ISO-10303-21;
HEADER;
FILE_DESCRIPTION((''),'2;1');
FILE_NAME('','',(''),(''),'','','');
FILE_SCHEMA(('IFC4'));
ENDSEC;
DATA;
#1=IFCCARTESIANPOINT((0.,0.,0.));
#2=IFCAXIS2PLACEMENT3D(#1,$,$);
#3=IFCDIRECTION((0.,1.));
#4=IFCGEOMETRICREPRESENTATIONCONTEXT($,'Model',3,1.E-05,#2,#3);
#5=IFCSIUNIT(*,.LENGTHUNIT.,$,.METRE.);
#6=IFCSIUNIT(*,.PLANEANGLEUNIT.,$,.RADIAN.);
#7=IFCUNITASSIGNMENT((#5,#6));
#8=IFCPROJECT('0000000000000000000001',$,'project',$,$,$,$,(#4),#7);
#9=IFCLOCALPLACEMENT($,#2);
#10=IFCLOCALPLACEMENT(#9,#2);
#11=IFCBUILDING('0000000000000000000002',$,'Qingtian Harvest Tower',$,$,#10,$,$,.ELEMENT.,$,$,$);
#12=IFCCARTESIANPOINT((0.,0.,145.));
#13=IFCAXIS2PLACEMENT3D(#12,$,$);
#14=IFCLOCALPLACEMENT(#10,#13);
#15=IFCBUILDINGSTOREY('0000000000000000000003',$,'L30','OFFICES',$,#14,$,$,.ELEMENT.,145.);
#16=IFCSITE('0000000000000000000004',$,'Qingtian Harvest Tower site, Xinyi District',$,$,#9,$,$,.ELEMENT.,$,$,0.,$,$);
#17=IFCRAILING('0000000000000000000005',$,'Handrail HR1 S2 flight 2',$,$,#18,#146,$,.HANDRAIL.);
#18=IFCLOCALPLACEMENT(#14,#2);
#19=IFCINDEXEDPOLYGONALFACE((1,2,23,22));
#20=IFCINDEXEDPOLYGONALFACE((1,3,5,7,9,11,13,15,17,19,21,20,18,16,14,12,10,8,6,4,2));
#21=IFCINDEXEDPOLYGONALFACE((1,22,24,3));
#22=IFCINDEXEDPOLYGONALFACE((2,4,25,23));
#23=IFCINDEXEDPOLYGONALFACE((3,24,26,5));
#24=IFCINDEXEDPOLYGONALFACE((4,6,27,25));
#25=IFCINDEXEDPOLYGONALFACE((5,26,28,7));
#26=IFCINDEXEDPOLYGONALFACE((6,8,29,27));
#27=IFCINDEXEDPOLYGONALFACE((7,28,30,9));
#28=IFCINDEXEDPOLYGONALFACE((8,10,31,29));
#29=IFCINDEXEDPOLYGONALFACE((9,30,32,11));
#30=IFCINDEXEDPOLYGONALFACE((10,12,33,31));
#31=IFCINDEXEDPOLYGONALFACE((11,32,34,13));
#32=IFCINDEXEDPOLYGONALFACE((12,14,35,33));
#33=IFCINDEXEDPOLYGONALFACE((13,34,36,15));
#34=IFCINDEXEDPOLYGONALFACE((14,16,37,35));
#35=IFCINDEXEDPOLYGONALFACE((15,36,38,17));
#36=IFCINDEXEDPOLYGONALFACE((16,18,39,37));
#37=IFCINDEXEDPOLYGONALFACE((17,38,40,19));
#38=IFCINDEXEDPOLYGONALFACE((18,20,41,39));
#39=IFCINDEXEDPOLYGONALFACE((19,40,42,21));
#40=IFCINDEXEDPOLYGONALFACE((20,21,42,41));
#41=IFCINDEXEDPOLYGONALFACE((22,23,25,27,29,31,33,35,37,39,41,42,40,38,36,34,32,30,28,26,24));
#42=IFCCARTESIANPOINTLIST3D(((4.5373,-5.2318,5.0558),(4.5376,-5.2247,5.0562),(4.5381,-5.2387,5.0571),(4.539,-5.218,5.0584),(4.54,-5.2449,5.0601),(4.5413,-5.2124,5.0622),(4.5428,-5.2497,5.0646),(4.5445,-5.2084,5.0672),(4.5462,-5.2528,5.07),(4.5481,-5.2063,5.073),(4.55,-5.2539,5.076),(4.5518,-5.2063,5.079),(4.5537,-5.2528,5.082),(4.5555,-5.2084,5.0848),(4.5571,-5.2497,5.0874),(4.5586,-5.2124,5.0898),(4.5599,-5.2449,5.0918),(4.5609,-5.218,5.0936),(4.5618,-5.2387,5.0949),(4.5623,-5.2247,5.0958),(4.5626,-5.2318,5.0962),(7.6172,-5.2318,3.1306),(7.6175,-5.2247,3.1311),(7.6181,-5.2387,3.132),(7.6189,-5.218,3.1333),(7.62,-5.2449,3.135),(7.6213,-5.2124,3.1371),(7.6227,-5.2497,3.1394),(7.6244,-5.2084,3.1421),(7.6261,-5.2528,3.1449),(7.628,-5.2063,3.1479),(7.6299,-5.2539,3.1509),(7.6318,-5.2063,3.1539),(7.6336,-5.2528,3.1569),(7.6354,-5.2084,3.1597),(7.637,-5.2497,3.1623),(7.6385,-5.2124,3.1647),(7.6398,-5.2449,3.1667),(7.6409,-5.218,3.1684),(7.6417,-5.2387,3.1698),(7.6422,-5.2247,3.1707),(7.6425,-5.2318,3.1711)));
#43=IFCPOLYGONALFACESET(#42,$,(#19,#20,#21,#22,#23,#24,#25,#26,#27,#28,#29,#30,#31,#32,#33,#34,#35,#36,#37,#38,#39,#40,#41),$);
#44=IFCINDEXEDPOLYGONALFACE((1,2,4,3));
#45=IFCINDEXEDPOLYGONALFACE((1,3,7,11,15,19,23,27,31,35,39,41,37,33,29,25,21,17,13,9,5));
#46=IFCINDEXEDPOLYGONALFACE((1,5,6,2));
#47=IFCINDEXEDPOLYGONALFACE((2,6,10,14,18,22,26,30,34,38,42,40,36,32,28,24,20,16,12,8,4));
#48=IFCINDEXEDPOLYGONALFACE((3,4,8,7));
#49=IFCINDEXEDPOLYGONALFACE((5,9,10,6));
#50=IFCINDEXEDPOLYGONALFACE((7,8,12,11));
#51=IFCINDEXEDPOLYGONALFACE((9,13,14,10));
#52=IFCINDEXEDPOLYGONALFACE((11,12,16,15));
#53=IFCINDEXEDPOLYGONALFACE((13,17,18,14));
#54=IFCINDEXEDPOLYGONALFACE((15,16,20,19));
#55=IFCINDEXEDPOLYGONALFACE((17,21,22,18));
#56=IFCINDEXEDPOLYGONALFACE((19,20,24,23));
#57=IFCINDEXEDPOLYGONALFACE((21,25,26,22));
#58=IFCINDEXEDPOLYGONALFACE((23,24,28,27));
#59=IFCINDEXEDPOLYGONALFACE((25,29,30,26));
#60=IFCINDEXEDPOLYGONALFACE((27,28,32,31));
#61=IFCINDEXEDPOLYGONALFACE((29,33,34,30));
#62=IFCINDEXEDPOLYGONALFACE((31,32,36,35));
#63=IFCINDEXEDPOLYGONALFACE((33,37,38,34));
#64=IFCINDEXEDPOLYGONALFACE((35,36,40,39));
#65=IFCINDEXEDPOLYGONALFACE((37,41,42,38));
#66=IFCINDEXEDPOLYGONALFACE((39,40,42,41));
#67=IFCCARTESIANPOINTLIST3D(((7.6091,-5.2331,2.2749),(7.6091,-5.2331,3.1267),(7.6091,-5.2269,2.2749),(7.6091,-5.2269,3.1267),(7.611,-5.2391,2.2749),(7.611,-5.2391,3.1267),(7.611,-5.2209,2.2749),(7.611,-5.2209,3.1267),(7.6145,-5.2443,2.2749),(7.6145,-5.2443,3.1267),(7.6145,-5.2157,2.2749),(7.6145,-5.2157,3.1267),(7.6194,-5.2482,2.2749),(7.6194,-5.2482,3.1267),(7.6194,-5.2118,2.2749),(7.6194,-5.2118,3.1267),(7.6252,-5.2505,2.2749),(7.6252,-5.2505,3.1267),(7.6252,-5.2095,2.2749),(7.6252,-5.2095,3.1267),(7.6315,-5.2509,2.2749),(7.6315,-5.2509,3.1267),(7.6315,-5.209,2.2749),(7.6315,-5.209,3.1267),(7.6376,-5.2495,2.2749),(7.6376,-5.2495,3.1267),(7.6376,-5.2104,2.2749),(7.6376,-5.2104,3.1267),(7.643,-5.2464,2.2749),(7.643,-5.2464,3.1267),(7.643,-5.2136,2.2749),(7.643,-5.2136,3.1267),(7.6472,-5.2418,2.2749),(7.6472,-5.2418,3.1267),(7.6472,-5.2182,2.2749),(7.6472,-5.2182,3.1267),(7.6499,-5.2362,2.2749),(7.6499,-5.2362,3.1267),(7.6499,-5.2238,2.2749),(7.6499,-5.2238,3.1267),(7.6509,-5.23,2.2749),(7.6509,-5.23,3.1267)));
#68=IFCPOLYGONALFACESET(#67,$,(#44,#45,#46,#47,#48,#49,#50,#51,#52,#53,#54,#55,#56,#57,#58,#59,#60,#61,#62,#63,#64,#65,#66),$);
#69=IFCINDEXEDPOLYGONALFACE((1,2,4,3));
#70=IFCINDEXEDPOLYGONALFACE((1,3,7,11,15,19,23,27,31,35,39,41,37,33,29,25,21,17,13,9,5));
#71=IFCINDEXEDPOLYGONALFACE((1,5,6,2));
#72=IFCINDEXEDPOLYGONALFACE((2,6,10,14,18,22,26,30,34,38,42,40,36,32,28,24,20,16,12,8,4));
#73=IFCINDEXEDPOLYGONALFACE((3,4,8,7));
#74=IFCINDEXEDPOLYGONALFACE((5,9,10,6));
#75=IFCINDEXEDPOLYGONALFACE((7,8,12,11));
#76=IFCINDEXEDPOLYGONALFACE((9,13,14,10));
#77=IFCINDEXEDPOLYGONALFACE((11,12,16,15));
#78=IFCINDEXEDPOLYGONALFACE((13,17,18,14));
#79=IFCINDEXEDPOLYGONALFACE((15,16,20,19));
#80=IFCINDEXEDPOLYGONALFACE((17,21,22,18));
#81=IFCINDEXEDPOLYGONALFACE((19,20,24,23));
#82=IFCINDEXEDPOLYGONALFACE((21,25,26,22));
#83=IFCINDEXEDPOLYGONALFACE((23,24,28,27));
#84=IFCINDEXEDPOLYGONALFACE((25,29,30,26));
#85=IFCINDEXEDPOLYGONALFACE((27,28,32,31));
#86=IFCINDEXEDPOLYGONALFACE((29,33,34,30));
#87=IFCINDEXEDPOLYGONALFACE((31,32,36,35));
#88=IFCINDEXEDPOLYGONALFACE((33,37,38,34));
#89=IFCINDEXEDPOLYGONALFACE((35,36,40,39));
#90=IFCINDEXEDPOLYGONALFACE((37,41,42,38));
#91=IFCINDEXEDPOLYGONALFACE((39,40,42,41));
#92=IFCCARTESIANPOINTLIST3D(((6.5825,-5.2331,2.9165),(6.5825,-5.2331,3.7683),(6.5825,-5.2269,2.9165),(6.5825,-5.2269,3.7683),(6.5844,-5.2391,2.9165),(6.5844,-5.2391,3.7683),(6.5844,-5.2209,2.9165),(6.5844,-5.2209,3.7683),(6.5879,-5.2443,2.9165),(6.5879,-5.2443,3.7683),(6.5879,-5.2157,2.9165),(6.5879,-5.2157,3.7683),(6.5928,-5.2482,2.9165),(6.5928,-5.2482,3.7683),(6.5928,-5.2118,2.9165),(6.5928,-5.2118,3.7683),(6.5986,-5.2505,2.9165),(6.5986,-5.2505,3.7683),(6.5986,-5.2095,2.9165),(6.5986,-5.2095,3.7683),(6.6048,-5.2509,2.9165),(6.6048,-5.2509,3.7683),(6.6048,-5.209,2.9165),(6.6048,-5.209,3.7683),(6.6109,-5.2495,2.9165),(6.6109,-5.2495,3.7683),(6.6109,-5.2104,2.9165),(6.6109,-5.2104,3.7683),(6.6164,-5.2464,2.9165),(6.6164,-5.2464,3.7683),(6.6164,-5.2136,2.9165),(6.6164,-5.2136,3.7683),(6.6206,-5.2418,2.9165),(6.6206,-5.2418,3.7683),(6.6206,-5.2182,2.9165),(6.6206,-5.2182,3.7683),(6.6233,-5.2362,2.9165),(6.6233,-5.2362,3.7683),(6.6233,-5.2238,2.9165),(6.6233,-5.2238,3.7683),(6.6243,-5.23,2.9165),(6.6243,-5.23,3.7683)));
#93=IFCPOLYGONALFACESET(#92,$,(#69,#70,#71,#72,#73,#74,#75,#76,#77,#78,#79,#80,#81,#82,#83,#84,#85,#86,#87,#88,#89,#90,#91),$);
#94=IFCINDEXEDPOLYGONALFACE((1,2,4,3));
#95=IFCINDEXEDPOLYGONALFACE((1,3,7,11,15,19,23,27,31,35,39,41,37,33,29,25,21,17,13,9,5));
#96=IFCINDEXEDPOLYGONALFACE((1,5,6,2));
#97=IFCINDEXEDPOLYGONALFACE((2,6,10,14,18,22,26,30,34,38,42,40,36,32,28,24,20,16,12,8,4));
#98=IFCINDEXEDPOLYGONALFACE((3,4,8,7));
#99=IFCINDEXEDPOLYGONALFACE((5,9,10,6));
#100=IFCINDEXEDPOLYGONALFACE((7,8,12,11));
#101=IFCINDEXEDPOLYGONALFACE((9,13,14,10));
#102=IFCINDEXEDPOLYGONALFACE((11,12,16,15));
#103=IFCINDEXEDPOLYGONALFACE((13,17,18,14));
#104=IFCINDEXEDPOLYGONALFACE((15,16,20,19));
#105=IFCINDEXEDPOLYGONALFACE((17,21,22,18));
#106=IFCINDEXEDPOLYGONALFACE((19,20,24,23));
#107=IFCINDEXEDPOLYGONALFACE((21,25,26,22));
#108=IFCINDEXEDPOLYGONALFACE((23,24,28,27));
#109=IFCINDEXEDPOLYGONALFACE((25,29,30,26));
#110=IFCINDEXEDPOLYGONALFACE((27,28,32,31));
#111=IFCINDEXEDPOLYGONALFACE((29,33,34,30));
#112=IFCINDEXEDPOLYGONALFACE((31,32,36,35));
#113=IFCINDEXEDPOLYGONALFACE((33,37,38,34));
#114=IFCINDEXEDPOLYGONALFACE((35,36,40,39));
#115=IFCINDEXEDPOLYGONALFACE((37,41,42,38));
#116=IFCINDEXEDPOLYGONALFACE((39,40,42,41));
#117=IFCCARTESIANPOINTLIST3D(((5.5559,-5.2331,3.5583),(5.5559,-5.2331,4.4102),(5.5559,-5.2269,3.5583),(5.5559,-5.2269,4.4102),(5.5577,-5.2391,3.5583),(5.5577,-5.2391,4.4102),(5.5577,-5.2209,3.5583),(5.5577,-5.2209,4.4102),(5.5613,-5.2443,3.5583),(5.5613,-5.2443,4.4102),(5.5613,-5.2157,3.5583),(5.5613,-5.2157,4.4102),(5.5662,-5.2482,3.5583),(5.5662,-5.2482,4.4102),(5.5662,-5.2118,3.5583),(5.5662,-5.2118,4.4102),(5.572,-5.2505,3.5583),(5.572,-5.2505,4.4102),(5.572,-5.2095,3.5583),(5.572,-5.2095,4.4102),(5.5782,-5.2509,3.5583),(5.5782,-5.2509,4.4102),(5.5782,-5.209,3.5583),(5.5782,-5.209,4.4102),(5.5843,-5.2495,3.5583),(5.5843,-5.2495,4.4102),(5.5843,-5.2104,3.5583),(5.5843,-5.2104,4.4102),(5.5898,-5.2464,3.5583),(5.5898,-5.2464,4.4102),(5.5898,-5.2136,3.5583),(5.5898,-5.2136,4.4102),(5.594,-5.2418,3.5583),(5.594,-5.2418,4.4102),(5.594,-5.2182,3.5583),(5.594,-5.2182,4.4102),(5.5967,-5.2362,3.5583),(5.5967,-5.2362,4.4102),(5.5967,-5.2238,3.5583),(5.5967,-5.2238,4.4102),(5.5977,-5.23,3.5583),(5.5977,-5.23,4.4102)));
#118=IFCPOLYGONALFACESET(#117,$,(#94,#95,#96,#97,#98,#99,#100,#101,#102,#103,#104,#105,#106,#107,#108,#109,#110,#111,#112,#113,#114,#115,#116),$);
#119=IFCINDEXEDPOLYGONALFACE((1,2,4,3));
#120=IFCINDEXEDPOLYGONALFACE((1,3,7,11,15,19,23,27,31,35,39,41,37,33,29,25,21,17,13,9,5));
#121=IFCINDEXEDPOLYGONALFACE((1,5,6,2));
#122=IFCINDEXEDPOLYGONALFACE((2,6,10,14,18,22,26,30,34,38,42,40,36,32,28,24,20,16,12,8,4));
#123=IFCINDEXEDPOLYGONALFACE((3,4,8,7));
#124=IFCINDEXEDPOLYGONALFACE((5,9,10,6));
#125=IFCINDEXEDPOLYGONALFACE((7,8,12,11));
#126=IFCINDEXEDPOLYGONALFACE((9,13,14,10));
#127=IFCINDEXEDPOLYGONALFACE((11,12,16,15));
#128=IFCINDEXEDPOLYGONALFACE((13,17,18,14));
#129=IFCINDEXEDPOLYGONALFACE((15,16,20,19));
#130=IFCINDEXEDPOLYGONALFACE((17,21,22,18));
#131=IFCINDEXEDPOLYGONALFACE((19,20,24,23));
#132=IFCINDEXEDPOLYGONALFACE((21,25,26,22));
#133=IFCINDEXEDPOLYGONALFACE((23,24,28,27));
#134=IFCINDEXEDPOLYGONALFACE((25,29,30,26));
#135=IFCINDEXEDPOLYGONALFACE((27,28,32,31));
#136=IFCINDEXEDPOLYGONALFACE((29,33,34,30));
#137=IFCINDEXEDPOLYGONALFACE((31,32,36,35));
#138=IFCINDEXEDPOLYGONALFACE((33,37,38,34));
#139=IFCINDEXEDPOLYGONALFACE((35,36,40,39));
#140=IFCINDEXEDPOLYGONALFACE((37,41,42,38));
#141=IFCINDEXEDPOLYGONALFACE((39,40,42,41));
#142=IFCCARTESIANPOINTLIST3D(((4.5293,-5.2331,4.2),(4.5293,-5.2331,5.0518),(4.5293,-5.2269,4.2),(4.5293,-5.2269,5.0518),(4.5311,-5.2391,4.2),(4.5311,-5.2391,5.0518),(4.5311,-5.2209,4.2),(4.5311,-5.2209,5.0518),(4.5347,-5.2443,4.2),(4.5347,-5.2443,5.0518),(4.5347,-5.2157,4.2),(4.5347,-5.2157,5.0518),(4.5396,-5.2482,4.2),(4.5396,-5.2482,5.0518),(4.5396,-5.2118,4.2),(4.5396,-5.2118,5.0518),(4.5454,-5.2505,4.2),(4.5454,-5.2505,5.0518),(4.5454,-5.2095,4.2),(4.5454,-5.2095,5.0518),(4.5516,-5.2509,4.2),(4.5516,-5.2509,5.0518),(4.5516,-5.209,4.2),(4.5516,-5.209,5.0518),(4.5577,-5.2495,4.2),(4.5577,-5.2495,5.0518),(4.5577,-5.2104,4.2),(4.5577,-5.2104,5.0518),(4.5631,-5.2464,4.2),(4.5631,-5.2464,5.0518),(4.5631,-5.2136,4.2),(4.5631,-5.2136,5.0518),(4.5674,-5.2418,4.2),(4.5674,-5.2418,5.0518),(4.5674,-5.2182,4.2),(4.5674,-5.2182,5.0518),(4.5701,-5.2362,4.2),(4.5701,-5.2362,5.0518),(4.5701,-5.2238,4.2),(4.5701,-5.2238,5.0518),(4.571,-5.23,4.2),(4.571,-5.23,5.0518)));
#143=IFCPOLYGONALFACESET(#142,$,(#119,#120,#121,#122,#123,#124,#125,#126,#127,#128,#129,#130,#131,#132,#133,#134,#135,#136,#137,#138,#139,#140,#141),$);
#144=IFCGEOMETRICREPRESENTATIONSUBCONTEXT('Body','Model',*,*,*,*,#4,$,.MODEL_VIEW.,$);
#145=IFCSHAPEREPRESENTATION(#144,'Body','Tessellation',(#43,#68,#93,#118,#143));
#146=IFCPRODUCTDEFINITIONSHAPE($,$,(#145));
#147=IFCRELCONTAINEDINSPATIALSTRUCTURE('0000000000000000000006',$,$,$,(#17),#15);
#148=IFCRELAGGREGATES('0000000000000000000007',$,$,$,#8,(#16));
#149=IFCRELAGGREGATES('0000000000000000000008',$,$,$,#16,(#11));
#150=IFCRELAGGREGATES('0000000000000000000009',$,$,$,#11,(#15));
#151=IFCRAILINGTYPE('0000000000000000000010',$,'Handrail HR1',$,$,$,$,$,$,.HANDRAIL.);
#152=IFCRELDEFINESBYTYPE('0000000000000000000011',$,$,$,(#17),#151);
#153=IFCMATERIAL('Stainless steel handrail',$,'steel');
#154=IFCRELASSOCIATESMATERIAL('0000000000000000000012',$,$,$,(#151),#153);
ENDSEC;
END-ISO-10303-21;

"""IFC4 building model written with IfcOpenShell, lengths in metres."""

from ifc_helpers import new_model, si_unit, direction, frame, origin, origin_2d, place, context, subcontext, project, spatial, circle, extrude, material, type_object, element, save


model = new_model("IFC4")

# Units and contexts
model_context = context("Model", 3, precision=1e-05, world=origin(), true_north=direction((0.0, 1.0)))
body_context = subcontext(model_context, "Body", "Model", "MODEL_VIEW")
ifc_project = project(units=[si_unit("LENGTHUNIT", "METRE"), si_unit("PLANEANGLEUNIT", "RADIAN")], contexts=[model_context])

# Site, building, storey
site_placement = place(None, origin())
site = spatial("IfcSite", under=ifc_project, at=site_placement, Name="Qingtian Harvest Tower site, Xinyi District", CompositionType="ELEMENT", RefElevation=0.0)
building_placement = place(site_placement, origin())
building = spatial("IfcBuilding", under=site, at=building_placement, Name="Qingtian Harvest Tower", CompositionType="ELEMENT")
storey_placement = place(building_placement, frame((0.0, 0.0, 145.0)))
storey = spatial("IfcBuildingStorey", under=building, at=storey_placement, Name="L30", Description="OFFICES", CompositionType="ELEMENT", Elevation=145.0)

# Railing
ifc_material_1 = material(Name="Stainless steel handrail", Category="steel")
railing_type = type_object("IfcRailingType", Name="Handrail HR1", PredefinedType="HANDRAIL", material=ifc_material_1)
railing_1_placement = place(storey_placement, frame((7.6299, -5.23, 2.2749)))
element("IfcRailing", 1, at=railing_1_placement, inside=storey, type_object=railing_type, Name="Handrail HR1 S2 flight 2", PredefinedType="HANDRAIL", context=body_context, shape_type="SweptSolid", body=[
    extrude(circle(Radius=0.0239, at=origin_2d()), frame((0.0, 0.0, 0.876), z_axis=(-0.847979, 0.0, 0.530029), x_axis=(0.0, -1.0, 0.0)), (0.0, 0.0, 1.0), 3.6321),
    extrude(circle(Radius=0.021, at=origin_2d()), origin(), (0.0, 0.0, 1.0), 0.8518),
    extrude(circle(Radius=0.021, at=origin_2d()), frame((-1.0266, 0.0, 0.6416)), (0.0, 0.0, 1.0), 0.8518),
    extrude(circle(Radius=0.021, at=origin_2d()), frame((-2.0532, 0.0, 1.2834)), (0.0, 0.0, 1.0), 0.8518),
    extrude(circle(Radius=0.021, at=origin_2d()), frame((-3.0798, 0.0, 1.925)), (0.0, 0.0, 1.0), 0.8518),
])

save(model, "model.ifc")
